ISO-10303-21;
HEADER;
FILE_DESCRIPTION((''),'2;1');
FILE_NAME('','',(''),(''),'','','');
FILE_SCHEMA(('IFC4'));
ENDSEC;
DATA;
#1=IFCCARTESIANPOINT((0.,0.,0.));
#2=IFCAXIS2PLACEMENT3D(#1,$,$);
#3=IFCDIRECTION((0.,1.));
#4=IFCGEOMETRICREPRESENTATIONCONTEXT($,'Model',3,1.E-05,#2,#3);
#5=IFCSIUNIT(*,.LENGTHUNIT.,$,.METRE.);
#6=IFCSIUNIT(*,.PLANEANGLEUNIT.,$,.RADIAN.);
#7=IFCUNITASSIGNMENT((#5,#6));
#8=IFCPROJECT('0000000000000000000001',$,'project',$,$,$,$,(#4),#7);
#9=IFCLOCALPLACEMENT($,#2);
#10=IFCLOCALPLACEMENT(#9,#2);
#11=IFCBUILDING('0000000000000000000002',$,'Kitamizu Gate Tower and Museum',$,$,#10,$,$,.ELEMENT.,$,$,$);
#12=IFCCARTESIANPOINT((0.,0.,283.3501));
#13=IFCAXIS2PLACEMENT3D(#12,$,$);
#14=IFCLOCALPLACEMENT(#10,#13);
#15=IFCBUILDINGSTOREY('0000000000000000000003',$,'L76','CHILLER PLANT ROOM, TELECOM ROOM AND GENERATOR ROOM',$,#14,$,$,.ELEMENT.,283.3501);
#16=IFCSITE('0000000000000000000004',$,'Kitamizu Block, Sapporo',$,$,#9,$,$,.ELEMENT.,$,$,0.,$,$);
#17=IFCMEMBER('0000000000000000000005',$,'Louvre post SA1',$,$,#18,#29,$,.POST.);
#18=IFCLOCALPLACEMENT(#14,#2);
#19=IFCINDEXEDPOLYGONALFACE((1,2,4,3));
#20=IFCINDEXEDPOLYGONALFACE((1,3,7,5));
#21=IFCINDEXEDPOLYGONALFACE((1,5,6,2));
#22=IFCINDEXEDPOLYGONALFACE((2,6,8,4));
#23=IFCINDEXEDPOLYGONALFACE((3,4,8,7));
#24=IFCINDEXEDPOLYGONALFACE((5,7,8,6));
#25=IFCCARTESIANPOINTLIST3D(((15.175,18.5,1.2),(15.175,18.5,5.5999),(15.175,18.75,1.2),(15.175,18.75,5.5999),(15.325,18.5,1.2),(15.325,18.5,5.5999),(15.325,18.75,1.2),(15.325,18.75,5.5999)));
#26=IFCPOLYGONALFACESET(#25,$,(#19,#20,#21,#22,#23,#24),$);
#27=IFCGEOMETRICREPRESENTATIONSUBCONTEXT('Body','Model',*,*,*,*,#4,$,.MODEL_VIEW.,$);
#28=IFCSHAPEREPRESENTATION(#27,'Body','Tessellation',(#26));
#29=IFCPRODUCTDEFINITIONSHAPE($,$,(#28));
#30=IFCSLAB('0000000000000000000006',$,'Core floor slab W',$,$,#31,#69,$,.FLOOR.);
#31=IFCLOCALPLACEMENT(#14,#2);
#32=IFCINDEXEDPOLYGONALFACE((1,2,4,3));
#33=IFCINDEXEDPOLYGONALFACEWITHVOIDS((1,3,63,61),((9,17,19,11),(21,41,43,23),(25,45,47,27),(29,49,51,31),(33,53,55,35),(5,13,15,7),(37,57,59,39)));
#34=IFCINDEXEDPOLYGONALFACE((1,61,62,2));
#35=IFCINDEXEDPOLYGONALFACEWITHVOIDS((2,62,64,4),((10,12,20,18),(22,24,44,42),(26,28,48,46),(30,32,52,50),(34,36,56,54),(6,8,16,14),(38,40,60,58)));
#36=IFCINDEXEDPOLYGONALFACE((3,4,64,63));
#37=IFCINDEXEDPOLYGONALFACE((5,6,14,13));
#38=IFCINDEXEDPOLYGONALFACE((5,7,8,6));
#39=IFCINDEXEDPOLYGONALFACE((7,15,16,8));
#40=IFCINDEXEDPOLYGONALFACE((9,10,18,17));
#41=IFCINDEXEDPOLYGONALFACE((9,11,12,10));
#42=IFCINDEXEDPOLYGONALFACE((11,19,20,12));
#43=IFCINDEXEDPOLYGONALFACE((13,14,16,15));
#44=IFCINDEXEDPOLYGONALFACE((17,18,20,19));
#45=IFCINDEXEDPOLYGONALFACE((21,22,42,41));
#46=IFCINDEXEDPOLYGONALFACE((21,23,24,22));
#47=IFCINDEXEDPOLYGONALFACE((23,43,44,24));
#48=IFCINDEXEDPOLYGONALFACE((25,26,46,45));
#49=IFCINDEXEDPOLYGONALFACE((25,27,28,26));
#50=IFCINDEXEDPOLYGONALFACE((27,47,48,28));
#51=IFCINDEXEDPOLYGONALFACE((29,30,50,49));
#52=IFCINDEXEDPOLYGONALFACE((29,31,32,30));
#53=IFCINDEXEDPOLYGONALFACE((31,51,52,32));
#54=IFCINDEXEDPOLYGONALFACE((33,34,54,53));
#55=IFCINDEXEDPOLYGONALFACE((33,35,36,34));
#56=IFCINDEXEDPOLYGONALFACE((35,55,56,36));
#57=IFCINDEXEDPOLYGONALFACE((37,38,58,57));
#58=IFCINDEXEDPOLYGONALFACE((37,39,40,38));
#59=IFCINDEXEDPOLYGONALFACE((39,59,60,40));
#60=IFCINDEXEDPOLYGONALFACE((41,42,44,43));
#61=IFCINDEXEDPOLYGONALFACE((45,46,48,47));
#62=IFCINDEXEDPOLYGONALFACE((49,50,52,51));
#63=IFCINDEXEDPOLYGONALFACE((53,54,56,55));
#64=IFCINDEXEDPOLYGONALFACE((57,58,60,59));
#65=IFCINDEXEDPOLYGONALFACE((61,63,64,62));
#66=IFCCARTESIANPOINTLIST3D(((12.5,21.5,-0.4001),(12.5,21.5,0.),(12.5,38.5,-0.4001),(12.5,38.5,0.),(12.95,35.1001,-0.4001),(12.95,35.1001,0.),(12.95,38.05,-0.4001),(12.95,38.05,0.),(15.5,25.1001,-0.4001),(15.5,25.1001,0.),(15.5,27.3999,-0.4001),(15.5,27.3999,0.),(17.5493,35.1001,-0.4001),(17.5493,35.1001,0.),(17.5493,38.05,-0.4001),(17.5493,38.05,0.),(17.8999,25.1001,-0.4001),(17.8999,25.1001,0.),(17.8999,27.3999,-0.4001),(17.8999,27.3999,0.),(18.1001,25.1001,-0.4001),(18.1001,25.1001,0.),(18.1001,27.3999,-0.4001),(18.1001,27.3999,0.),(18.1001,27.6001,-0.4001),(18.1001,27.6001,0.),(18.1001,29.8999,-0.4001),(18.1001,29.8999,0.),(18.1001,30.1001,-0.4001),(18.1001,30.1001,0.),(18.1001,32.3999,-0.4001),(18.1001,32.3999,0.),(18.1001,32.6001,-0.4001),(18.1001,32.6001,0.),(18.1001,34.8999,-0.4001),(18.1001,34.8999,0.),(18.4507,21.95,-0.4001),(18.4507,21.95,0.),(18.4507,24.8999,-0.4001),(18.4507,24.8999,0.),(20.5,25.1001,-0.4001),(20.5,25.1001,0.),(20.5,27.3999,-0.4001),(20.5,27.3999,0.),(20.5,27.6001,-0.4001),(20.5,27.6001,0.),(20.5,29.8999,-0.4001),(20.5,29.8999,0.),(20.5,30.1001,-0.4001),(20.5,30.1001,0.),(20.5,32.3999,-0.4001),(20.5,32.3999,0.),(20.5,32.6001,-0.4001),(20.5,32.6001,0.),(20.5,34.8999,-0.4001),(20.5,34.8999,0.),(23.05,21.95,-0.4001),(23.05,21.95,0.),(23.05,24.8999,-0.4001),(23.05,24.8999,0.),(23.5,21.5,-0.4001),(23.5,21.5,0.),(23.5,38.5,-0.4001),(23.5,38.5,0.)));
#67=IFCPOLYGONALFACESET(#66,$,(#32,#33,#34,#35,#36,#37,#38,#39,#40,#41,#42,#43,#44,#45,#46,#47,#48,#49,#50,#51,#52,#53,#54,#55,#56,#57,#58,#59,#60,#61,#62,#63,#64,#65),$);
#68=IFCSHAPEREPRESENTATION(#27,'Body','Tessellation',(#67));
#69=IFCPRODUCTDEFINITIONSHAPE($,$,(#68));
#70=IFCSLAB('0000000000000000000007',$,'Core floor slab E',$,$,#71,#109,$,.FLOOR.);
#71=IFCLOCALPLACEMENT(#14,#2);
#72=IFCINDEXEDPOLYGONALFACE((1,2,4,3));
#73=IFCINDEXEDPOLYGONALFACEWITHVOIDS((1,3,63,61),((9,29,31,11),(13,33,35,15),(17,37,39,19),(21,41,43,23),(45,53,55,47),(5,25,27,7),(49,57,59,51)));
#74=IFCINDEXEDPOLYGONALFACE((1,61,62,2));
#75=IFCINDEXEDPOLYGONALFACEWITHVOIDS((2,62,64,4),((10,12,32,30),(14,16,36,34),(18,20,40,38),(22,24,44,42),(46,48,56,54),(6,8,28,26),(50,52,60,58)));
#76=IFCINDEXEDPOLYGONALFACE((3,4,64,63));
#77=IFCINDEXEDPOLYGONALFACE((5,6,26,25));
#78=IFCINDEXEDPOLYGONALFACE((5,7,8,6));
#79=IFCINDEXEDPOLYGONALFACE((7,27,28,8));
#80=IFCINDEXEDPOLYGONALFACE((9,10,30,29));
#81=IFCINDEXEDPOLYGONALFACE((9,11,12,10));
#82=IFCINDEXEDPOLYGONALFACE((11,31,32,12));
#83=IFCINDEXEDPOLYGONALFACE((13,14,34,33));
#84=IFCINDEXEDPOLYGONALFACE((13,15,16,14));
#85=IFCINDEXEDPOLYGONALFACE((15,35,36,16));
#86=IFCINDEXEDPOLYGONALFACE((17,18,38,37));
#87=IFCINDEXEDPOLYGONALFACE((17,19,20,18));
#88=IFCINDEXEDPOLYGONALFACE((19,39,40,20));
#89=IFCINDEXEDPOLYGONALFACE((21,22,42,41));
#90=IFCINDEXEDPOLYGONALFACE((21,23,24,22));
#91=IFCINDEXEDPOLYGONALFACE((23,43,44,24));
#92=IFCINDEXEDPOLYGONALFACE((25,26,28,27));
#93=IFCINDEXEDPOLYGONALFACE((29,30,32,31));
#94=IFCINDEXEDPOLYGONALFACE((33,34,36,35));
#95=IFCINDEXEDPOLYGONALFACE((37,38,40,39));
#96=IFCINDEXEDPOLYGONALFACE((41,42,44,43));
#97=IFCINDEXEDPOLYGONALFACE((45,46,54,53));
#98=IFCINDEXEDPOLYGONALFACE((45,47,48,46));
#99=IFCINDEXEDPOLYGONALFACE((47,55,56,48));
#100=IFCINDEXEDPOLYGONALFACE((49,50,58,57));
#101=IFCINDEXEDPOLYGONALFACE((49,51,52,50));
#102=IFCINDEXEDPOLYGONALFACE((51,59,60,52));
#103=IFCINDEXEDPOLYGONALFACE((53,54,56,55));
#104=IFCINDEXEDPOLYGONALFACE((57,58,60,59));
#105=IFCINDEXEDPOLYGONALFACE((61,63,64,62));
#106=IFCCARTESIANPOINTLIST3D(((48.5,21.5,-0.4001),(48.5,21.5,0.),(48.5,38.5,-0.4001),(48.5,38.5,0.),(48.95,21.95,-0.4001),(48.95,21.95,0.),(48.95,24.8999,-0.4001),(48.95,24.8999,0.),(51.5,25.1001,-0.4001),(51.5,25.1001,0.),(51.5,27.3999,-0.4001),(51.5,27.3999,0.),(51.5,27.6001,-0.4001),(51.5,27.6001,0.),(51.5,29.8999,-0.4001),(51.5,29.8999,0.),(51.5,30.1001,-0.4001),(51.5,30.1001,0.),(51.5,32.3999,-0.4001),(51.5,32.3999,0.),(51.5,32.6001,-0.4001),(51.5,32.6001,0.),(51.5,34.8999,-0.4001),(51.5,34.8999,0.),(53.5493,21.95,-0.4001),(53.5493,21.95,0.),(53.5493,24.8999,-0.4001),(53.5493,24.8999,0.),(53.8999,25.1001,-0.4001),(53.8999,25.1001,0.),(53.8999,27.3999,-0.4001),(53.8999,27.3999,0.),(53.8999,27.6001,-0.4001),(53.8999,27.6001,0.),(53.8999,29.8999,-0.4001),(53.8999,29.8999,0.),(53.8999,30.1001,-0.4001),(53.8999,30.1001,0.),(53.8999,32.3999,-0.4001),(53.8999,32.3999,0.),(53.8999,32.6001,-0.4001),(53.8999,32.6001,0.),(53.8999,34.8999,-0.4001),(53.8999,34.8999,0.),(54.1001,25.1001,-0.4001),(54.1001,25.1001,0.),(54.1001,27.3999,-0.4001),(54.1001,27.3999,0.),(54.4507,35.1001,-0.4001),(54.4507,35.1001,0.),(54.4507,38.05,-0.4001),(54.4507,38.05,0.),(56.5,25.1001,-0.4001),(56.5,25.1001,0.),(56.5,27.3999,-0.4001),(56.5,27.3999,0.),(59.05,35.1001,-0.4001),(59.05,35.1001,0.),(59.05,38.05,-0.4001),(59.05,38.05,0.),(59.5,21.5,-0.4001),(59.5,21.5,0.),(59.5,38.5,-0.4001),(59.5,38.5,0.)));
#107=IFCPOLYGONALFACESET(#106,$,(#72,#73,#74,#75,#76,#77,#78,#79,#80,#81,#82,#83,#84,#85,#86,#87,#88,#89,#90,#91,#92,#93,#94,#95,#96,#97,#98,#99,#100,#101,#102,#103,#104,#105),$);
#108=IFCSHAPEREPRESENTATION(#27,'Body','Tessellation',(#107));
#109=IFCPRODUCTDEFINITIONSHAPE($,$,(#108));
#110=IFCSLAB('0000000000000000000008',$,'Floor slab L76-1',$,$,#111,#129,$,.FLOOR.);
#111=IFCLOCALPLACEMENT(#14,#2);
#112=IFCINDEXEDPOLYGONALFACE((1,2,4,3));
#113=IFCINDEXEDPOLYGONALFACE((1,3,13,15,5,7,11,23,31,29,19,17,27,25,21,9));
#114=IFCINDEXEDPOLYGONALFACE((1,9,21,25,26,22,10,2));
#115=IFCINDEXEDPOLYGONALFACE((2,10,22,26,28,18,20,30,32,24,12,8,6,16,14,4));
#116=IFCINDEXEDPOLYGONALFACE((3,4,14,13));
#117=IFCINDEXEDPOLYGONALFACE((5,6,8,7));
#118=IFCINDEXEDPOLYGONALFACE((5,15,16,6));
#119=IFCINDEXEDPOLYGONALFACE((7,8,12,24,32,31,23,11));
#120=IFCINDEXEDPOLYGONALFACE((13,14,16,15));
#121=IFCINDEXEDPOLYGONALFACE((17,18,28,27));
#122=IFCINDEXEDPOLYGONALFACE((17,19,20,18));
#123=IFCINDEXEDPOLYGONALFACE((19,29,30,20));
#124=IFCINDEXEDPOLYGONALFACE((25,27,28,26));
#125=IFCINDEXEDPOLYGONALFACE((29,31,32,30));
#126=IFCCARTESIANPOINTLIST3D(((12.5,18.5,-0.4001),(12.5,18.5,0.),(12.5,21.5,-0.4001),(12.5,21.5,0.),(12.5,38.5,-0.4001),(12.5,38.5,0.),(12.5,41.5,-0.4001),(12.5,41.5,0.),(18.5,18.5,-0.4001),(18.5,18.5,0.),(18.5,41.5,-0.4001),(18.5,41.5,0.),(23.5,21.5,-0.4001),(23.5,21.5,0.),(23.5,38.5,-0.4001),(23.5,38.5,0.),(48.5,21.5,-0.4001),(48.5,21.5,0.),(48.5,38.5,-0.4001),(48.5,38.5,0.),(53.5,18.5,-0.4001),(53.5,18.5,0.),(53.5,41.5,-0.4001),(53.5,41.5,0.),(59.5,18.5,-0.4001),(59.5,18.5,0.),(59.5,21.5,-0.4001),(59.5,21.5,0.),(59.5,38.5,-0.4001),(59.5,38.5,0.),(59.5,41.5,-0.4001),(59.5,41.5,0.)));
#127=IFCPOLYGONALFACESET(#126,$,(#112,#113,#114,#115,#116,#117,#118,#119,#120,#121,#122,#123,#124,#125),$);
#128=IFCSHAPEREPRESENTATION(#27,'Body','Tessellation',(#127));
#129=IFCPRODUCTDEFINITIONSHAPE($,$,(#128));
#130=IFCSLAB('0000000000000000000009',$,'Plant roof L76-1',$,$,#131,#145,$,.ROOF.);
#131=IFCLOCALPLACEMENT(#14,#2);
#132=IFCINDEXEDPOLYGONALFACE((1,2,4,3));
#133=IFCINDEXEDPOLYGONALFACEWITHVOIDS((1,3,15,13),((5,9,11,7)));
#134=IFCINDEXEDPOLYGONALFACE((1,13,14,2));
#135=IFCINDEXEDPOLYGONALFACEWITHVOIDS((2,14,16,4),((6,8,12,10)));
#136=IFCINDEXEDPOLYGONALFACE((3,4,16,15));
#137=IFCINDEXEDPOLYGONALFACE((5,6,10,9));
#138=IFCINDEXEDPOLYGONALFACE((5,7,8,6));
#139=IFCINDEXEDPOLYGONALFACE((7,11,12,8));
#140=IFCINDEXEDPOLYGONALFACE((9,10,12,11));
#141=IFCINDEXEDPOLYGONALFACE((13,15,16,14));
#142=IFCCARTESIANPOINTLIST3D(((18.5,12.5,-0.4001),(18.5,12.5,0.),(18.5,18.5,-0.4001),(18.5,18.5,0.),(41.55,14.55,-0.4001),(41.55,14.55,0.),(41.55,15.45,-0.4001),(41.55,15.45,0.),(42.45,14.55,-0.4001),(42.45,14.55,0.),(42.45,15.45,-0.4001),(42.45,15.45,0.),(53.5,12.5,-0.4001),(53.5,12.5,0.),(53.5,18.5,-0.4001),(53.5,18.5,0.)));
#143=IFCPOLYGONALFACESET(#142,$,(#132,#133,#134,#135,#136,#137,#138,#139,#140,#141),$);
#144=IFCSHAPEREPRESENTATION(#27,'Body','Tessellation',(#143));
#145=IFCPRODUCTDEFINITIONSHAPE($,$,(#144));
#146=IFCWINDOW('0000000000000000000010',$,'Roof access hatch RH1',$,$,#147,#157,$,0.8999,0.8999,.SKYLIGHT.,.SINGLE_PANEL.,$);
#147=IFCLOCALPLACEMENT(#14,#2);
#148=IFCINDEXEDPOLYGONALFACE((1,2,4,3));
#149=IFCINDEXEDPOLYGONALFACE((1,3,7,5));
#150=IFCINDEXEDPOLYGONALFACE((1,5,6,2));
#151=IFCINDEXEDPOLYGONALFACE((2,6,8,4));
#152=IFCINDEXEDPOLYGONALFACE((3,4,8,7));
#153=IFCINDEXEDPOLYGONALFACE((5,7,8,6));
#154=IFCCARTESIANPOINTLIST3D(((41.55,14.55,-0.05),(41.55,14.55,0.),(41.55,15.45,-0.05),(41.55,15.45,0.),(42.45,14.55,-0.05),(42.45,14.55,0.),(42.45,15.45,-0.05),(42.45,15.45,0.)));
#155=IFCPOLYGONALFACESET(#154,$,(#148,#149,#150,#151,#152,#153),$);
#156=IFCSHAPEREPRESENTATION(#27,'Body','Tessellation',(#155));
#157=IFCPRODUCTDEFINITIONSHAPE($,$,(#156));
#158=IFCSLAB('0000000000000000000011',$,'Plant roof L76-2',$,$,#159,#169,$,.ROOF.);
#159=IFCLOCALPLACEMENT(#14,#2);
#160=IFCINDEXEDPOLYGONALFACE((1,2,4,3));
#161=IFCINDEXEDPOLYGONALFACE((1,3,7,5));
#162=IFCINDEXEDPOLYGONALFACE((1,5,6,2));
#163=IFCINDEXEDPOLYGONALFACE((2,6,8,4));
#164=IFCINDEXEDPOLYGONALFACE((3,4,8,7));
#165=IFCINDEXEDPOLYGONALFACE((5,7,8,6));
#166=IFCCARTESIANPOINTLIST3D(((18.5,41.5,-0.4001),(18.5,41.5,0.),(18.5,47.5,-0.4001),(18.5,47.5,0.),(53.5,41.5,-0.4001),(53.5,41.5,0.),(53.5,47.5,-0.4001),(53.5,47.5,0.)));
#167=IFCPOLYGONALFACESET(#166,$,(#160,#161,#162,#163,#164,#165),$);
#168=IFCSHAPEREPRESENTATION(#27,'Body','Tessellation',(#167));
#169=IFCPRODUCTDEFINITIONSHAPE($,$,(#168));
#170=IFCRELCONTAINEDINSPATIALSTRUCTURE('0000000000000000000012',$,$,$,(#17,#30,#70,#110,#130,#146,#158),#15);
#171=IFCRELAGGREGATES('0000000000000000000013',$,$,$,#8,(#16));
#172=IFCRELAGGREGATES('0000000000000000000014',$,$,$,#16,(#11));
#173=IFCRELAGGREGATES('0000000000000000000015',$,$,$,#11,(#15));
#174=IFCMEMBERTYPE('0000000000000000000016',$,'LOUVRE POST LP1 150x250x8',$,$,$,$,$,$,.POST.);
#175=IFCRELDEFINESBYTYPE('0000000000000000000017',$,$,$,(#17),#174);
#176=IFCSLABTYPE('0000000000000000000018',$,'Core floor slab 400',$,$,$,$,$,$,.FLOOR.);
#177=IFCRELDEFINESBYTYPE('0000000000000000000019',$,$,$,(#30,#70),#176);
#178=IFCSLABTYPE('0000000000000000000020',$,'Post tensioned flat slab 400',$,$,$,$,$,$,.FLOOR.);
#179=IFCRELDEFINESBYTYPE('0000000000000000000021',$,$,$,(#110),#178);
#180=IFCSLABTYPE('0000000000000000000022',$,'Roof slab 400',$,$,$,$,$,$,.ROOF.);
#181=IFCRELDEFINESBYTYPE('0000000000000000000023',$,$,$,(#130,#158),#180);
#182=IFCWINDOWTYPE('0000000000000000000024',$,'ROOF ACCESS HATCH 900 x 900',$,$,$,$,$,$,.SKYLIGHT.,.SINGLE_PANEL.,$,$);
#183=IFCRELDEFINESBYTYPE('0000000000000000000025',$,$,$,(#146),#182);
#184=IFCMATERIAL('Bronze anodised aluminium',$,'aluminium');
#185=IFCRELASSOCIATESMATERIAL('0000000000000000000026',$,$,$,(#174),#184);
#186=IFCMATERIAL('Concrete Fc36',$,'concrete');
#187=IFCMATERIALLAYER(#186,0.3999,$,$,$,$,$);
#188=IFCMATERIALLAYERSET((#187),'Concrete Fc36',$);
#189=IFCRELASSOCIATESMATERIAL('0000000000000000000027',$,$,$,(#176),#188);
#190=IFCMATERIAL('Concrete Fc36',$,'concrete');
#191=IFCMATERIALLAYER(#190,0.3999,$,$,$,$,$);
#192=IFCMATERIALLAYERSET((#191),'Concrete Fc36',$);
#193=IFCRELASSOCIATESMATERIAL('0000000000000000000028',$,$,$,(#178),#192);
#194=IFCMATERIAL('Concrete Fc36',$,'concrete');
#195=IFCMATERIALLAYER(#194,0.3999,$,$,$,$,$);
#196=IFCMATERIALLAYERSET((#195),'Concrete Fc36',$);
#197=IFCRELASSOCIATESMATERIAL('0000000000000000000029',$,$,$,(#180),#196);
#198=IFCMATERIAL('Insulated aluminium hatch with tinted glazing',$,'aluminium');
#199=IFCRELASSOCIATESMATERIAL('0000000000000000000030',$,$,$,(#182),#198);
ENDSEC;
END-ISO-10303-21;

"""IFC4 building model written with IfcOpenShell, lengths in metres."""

from ifc_helpers import new_model, si_unit, direction, frame, origin, origin_2d, place, context, subcontext, project, spatial, polyline, rectangle, outline, extrude, material, layer, layer_set, material_profile, profile_set, type_object, element, fill, save


model = new_model("IFC4")

# Units and contexts
model_context = context("Model", 3, precision=1e-05, world=origin(), true_north=direction((0.0, 1.0)))
body_context = subcontext(model_context, "Body", "Model", "MODEL_VIEW")
ifc_project = project(units=[si_unit("LENGTHUNIT", "METRE"), si_unit("PLANEANGLEUNIT", "RADIAN")], contexts=[model_context])

# Site, building, storey
site_placement = place(None, origin())
site = spatial("IfcSite", under=ifc_project, at=site_placement, Name="Kitamizu Block, Sapporo", CompositionType="ELEMENT", RefElevation=0.0)
building_placement = place(site_placement, origin())
building = spatial("IfcBuilding", under=site, at=building_placement, Name="Kitamizu Gate Tower and Museum", CompositionType="ELEMENT")
storey_placement = place(building_placement, frame((0.0, 0.0, 283.3501)))
storey = spatial("IfcBuildingStorey", under=building, at=storey_placement, Name="L76", Description="CHILLER PLANT ROOM, TELECOM ROOM AND GENERATOR ROOM", CompositionType="ELEMENT", Elevation=283.3501)

# Member
ifc_material_1 = material(Name="Bronze anodised aluminium", Category="aluminium")
ifc_material_profile_1 = material_profile(ifc_material_1, rectangle(XDim=0.1499, YDim=0.25, at=origin_2d()), Name="AL 150x250")
ifc_profile_set_1 = profile_set([ifc_material_profile_1], Name="Bronze anodised aluminium")
member_type = type_object("IfcMemberType", Name="LOUVRE POST LP1 150x250x8", PredefinedType="POST", material=ifc_profile_set_1)
member_placement = place(storey_placement, frame((15.25, 18.625, 1.2), z_axis=(0.0, 0.0, 1.0), x_axis=(1.0, 0.0, 0.0)))
element("IfcMember", 1, at=member_placement, inside=storey, type_object=member_type, Name="Louvre post SA1", PredefinedType="POST", context=body_context, shape_type="SweptSolid", body=[
    extrude(rectangle(XDim=0.1499, YDim=0.25, at=origin_2d()), origin(), (0.0, 0.0, 1.0), 4.3999),
])

# Slabs
ifc_material_2 = material(Name="Concrete Fc36", Category="concrete")
ifc_layer_1 = layer(ifc_material_2, 0.3999)
ifc_layer_set_1 = layer_set([ifc_layer_1], Name="Concrete Fc36")
slab_type_1 = type_object("IfcSlabType", Name="Core floor slab 400", PredefinedType="FLOOR", material=ifc_layer_set_1)
slab_1_placement = place(storey_placement, frame((0.0, 0.0, -0.4001)))
element("IfcSlab", 2, at=slab_1_placement, inside=storey, type_object=slab_type_1, Name="Core floor slab W", PredefinedType="FLOOR", context=body_context, shape_type="SweptSolid", body=[
    extrude(outline(polyline([(12.5, 21.5), (23.5, 21.5), (23.5, 38.5), (12.5, 38.5), (12.5, 21.5)]), holes=[polyline([(15.5, 25.1001), (17.8999, 25.1001), (17.8999, 27.3999), (15.5, 27.3999), (15.5, 25.1001)]), polyline([(18.1001, 25.1001), (20.5, 25.1001), (20.5, 27.3999), (18.1001, 27.3999), (18.1001, 25.1001)]), polyline([(18.1001, 27.6001), (20.5, 27.6001), (20.5, 29.8999), (18.1001, 29.8999), (18.1001, 27.6001)]), polyline([(18.1001, 30.1001), (20.5, 30.1001), (20.5, 32.3999), (18.1001, 32.3999), (18.1001, 30.1001)]), polyline([(18.1001, 32.6001), (20.5, 32.6001), (20.5, 34.8999), (18.1001, 34.8999), (18.1001, 32.6001)]), polyline([(18.4507, 21.95), (23.05, 21.95), (23.05, 24.8999), (18.4507, 24.8999), (18.4507, 21.95)]), polyline([(12.95, 35.1001), (17.5493, 35.1001), (17.5493, 38.05), (12.95, 38.05), (12.95, 35.1001)])]), origin(), (0.0, 0.0, 1.0), 0.4001),
])
slab_2_placement = place(storey_placement, frame((0.0, 0.0, -0.4001)))
element("IfcSlab", 3, at=slab_2_placement, inside=storey, type_object=slab_type_1, Name="Core floor slab E", PredefinedType="FLOOR", context=body_context, shape_type="SweptSolid", body=[
    extrude(outline(polyline([(48.5, 21.5), (59.5, 21.5), (59.5, 38.5), (48.5, 38.5), (48.5, 21.5)]), holes=[polyline([(54.1001, 25.1001), (56.5, 25.1001), (56.5, 27.3999), (54.1001, 27.3999), (54.1001, 25.1001)]), polyline([(51.5, 25.1001), (53.8999, 25.1001), (53.8999, 27.3999), (51.5, 27.3999), (51.5, 25.1001)]), polyline([(51.5, 27.6001), (53.8999, 27.6001), (53.8999, 29.8999), (51.5, 29.8999), (51.5, 27.6001)]), polyline([(51.5, 30.1001), (53.8999, 30.1001), (53.8999, 32.3999), (51.5, 32.3999), (51.5, 30.1001)]), polyline([(51.5, 32.6001), (53.8999, 32.6001), (53.8999, 34.8999), (51.5, 34.8999), (51.5, 32.6001)]), polyline([(48.95, 21.95), (53.5493, 21.95), (53.5493, 24.8999), (48.95, 24.8999), (48.95, 21.95)]), polyline([(54.4507, 35.1001), (59.05, 35.1001), (59.05, 38.05), (54.4507, 38.05), (54.4507, 35.1001)])]), origin(), (0.0, 0.0, 1.0), 0.4001),
])
ifc_material_3 = material(Name="Concrete Fc36", Category="concrete")
ifc_layer_2 = layer(ifc_material_3, 0.3999)
ifc_layer_set_2 = layer_set([ifc_layer_2], Name="Concrete Fc36")
slab_type_2 = type_object("IfcSlabType", Name="Post tensioned flat slab 400", PredefinedType="FLOOR", material=ifc_layer_set_2)
slab_3_placement = place(storey_placement, frame((0.0, 0.0, -0.4001)))
element("IfcSlab", 4, at=slab_3_placement, inside=storey, type_object=slab_type_2, Name="Floor slab L76-1", PredefinedType="FLOOR", context=body_context, shape_type="SweptSolid", body=[
    extrude(outline(polyline([(12.5, 18.5), (12.5, 21.5), (23.5, 21.5), (23.5, 38.5), (12.5, 38.5), (12.5, 41.5), (18.5, 41.5), (53.5, 41.5), (59.5, 41.5), (59.5, 38.5), (48.5, 38.5), (48.5, 21.5), (59.5, 21.5), (59.5, 18.5), (53.5, 18.5), (18.5, 18.5), (12.5, 18.5)])), origin(), (0.0, 0.0, 1.0), 0.4001),
])

# Slab, opening, window
ifc_material_4 = material(Name="Concrete Fc36", Category="concrete")
ifc_layer_3 = layer(ifc_material_4, 0.3999)
ifc_layer_set_3 = layer_set([ifc_layer_3], Name="Concrete Fc36")
slab_type_3 = type_object("IfcSlabType", Name="Roof slab 400", PredefinedType="ROOF", material=ifc_layer_set_3)
slab_4_placement = place(storey_placement, frame((0.0, 0.0, -0.4001)))
slab_4 = element("IfcSlab", 5, at=slab_4_placement, inside=storey, type_object=slab_type_3, Name="Plant roof L76-1", PredefinedType="ROOF", context=body_context, shape_type="SweptSolid", body=[
    extrude(outline(polyline([(53.5, 12.5), (18.5, 12.5), (18.5, 18.5), (53.5, 18.5), (53.5, 12.5)])), origin(), (0.0, 0.0, 1.0), 0.4001),
])
opening_placement = place(slab_4_placement, frame((42.0, 15.0, 0.0)))
opening = element("IfcOpeningElement", 6, at=opening_placement, cuts=slab_4, PredefinedType="OPENING", context=body_context, shape_type="SweptSolid", body=[
    extrude(rectangle(XDim=0.8999, YDim=0.8999, at=origin_2d()), origin(), (0.0, 0.0, 1.0), 0.4001),
])
ifc_material_5 = material(Name="Insulated aluminium hatch with tinted glazing", Category="aluminium")
window_type = type_object("IfcWindowType", Name="ROOF ACCESS HATCH 900 x 900", PartitioningType="SINGLE_PANEL", PredefinedType="SKYLIGHT", material=ifc_material_5)
window_placement = place(opening_placement, frame((0.0, 0.0, 0.3501)))
window = element("IfcWindow", 7, at=window_placement, inside=storey, type_object=window_type, Name="Roof access hatch RH1", OverallHeight=0.8999, OverallWidth=0.8999, PartitioningType="SINGLE_PANEL", PredefinedType="SKYLIGHT", context=body_context, shape_type="SweptSolid", body=[
    extrude(rectangle(XDim=0.8999, YDim=0.8999, at=origin_2d()), origin(), (0.0, 0.0, 1.0), 0.05),
])
fill(opening, window)

# Slab
slab_5_placement = place(storey_placement, frame((0.0, 0.0, -0.4001)))
element("IfcSlab", 8, at=slab_5_placement, inside=storey, type_object=slab_type_3, Name="Plant roof L76-2", PredefinedType="ROOF", context=body_context, shape_type="SweptSolid", body=[
    extrude(outline(polyline([(18.5, 47.5), (53.5, 47.5), (53.5, 41.5), (18.5, 41.5), (18.5, 47.5)])), origin(), (0.0, 0.0, 1.0), 0.4001),
])

save(model, "model.ifc")
